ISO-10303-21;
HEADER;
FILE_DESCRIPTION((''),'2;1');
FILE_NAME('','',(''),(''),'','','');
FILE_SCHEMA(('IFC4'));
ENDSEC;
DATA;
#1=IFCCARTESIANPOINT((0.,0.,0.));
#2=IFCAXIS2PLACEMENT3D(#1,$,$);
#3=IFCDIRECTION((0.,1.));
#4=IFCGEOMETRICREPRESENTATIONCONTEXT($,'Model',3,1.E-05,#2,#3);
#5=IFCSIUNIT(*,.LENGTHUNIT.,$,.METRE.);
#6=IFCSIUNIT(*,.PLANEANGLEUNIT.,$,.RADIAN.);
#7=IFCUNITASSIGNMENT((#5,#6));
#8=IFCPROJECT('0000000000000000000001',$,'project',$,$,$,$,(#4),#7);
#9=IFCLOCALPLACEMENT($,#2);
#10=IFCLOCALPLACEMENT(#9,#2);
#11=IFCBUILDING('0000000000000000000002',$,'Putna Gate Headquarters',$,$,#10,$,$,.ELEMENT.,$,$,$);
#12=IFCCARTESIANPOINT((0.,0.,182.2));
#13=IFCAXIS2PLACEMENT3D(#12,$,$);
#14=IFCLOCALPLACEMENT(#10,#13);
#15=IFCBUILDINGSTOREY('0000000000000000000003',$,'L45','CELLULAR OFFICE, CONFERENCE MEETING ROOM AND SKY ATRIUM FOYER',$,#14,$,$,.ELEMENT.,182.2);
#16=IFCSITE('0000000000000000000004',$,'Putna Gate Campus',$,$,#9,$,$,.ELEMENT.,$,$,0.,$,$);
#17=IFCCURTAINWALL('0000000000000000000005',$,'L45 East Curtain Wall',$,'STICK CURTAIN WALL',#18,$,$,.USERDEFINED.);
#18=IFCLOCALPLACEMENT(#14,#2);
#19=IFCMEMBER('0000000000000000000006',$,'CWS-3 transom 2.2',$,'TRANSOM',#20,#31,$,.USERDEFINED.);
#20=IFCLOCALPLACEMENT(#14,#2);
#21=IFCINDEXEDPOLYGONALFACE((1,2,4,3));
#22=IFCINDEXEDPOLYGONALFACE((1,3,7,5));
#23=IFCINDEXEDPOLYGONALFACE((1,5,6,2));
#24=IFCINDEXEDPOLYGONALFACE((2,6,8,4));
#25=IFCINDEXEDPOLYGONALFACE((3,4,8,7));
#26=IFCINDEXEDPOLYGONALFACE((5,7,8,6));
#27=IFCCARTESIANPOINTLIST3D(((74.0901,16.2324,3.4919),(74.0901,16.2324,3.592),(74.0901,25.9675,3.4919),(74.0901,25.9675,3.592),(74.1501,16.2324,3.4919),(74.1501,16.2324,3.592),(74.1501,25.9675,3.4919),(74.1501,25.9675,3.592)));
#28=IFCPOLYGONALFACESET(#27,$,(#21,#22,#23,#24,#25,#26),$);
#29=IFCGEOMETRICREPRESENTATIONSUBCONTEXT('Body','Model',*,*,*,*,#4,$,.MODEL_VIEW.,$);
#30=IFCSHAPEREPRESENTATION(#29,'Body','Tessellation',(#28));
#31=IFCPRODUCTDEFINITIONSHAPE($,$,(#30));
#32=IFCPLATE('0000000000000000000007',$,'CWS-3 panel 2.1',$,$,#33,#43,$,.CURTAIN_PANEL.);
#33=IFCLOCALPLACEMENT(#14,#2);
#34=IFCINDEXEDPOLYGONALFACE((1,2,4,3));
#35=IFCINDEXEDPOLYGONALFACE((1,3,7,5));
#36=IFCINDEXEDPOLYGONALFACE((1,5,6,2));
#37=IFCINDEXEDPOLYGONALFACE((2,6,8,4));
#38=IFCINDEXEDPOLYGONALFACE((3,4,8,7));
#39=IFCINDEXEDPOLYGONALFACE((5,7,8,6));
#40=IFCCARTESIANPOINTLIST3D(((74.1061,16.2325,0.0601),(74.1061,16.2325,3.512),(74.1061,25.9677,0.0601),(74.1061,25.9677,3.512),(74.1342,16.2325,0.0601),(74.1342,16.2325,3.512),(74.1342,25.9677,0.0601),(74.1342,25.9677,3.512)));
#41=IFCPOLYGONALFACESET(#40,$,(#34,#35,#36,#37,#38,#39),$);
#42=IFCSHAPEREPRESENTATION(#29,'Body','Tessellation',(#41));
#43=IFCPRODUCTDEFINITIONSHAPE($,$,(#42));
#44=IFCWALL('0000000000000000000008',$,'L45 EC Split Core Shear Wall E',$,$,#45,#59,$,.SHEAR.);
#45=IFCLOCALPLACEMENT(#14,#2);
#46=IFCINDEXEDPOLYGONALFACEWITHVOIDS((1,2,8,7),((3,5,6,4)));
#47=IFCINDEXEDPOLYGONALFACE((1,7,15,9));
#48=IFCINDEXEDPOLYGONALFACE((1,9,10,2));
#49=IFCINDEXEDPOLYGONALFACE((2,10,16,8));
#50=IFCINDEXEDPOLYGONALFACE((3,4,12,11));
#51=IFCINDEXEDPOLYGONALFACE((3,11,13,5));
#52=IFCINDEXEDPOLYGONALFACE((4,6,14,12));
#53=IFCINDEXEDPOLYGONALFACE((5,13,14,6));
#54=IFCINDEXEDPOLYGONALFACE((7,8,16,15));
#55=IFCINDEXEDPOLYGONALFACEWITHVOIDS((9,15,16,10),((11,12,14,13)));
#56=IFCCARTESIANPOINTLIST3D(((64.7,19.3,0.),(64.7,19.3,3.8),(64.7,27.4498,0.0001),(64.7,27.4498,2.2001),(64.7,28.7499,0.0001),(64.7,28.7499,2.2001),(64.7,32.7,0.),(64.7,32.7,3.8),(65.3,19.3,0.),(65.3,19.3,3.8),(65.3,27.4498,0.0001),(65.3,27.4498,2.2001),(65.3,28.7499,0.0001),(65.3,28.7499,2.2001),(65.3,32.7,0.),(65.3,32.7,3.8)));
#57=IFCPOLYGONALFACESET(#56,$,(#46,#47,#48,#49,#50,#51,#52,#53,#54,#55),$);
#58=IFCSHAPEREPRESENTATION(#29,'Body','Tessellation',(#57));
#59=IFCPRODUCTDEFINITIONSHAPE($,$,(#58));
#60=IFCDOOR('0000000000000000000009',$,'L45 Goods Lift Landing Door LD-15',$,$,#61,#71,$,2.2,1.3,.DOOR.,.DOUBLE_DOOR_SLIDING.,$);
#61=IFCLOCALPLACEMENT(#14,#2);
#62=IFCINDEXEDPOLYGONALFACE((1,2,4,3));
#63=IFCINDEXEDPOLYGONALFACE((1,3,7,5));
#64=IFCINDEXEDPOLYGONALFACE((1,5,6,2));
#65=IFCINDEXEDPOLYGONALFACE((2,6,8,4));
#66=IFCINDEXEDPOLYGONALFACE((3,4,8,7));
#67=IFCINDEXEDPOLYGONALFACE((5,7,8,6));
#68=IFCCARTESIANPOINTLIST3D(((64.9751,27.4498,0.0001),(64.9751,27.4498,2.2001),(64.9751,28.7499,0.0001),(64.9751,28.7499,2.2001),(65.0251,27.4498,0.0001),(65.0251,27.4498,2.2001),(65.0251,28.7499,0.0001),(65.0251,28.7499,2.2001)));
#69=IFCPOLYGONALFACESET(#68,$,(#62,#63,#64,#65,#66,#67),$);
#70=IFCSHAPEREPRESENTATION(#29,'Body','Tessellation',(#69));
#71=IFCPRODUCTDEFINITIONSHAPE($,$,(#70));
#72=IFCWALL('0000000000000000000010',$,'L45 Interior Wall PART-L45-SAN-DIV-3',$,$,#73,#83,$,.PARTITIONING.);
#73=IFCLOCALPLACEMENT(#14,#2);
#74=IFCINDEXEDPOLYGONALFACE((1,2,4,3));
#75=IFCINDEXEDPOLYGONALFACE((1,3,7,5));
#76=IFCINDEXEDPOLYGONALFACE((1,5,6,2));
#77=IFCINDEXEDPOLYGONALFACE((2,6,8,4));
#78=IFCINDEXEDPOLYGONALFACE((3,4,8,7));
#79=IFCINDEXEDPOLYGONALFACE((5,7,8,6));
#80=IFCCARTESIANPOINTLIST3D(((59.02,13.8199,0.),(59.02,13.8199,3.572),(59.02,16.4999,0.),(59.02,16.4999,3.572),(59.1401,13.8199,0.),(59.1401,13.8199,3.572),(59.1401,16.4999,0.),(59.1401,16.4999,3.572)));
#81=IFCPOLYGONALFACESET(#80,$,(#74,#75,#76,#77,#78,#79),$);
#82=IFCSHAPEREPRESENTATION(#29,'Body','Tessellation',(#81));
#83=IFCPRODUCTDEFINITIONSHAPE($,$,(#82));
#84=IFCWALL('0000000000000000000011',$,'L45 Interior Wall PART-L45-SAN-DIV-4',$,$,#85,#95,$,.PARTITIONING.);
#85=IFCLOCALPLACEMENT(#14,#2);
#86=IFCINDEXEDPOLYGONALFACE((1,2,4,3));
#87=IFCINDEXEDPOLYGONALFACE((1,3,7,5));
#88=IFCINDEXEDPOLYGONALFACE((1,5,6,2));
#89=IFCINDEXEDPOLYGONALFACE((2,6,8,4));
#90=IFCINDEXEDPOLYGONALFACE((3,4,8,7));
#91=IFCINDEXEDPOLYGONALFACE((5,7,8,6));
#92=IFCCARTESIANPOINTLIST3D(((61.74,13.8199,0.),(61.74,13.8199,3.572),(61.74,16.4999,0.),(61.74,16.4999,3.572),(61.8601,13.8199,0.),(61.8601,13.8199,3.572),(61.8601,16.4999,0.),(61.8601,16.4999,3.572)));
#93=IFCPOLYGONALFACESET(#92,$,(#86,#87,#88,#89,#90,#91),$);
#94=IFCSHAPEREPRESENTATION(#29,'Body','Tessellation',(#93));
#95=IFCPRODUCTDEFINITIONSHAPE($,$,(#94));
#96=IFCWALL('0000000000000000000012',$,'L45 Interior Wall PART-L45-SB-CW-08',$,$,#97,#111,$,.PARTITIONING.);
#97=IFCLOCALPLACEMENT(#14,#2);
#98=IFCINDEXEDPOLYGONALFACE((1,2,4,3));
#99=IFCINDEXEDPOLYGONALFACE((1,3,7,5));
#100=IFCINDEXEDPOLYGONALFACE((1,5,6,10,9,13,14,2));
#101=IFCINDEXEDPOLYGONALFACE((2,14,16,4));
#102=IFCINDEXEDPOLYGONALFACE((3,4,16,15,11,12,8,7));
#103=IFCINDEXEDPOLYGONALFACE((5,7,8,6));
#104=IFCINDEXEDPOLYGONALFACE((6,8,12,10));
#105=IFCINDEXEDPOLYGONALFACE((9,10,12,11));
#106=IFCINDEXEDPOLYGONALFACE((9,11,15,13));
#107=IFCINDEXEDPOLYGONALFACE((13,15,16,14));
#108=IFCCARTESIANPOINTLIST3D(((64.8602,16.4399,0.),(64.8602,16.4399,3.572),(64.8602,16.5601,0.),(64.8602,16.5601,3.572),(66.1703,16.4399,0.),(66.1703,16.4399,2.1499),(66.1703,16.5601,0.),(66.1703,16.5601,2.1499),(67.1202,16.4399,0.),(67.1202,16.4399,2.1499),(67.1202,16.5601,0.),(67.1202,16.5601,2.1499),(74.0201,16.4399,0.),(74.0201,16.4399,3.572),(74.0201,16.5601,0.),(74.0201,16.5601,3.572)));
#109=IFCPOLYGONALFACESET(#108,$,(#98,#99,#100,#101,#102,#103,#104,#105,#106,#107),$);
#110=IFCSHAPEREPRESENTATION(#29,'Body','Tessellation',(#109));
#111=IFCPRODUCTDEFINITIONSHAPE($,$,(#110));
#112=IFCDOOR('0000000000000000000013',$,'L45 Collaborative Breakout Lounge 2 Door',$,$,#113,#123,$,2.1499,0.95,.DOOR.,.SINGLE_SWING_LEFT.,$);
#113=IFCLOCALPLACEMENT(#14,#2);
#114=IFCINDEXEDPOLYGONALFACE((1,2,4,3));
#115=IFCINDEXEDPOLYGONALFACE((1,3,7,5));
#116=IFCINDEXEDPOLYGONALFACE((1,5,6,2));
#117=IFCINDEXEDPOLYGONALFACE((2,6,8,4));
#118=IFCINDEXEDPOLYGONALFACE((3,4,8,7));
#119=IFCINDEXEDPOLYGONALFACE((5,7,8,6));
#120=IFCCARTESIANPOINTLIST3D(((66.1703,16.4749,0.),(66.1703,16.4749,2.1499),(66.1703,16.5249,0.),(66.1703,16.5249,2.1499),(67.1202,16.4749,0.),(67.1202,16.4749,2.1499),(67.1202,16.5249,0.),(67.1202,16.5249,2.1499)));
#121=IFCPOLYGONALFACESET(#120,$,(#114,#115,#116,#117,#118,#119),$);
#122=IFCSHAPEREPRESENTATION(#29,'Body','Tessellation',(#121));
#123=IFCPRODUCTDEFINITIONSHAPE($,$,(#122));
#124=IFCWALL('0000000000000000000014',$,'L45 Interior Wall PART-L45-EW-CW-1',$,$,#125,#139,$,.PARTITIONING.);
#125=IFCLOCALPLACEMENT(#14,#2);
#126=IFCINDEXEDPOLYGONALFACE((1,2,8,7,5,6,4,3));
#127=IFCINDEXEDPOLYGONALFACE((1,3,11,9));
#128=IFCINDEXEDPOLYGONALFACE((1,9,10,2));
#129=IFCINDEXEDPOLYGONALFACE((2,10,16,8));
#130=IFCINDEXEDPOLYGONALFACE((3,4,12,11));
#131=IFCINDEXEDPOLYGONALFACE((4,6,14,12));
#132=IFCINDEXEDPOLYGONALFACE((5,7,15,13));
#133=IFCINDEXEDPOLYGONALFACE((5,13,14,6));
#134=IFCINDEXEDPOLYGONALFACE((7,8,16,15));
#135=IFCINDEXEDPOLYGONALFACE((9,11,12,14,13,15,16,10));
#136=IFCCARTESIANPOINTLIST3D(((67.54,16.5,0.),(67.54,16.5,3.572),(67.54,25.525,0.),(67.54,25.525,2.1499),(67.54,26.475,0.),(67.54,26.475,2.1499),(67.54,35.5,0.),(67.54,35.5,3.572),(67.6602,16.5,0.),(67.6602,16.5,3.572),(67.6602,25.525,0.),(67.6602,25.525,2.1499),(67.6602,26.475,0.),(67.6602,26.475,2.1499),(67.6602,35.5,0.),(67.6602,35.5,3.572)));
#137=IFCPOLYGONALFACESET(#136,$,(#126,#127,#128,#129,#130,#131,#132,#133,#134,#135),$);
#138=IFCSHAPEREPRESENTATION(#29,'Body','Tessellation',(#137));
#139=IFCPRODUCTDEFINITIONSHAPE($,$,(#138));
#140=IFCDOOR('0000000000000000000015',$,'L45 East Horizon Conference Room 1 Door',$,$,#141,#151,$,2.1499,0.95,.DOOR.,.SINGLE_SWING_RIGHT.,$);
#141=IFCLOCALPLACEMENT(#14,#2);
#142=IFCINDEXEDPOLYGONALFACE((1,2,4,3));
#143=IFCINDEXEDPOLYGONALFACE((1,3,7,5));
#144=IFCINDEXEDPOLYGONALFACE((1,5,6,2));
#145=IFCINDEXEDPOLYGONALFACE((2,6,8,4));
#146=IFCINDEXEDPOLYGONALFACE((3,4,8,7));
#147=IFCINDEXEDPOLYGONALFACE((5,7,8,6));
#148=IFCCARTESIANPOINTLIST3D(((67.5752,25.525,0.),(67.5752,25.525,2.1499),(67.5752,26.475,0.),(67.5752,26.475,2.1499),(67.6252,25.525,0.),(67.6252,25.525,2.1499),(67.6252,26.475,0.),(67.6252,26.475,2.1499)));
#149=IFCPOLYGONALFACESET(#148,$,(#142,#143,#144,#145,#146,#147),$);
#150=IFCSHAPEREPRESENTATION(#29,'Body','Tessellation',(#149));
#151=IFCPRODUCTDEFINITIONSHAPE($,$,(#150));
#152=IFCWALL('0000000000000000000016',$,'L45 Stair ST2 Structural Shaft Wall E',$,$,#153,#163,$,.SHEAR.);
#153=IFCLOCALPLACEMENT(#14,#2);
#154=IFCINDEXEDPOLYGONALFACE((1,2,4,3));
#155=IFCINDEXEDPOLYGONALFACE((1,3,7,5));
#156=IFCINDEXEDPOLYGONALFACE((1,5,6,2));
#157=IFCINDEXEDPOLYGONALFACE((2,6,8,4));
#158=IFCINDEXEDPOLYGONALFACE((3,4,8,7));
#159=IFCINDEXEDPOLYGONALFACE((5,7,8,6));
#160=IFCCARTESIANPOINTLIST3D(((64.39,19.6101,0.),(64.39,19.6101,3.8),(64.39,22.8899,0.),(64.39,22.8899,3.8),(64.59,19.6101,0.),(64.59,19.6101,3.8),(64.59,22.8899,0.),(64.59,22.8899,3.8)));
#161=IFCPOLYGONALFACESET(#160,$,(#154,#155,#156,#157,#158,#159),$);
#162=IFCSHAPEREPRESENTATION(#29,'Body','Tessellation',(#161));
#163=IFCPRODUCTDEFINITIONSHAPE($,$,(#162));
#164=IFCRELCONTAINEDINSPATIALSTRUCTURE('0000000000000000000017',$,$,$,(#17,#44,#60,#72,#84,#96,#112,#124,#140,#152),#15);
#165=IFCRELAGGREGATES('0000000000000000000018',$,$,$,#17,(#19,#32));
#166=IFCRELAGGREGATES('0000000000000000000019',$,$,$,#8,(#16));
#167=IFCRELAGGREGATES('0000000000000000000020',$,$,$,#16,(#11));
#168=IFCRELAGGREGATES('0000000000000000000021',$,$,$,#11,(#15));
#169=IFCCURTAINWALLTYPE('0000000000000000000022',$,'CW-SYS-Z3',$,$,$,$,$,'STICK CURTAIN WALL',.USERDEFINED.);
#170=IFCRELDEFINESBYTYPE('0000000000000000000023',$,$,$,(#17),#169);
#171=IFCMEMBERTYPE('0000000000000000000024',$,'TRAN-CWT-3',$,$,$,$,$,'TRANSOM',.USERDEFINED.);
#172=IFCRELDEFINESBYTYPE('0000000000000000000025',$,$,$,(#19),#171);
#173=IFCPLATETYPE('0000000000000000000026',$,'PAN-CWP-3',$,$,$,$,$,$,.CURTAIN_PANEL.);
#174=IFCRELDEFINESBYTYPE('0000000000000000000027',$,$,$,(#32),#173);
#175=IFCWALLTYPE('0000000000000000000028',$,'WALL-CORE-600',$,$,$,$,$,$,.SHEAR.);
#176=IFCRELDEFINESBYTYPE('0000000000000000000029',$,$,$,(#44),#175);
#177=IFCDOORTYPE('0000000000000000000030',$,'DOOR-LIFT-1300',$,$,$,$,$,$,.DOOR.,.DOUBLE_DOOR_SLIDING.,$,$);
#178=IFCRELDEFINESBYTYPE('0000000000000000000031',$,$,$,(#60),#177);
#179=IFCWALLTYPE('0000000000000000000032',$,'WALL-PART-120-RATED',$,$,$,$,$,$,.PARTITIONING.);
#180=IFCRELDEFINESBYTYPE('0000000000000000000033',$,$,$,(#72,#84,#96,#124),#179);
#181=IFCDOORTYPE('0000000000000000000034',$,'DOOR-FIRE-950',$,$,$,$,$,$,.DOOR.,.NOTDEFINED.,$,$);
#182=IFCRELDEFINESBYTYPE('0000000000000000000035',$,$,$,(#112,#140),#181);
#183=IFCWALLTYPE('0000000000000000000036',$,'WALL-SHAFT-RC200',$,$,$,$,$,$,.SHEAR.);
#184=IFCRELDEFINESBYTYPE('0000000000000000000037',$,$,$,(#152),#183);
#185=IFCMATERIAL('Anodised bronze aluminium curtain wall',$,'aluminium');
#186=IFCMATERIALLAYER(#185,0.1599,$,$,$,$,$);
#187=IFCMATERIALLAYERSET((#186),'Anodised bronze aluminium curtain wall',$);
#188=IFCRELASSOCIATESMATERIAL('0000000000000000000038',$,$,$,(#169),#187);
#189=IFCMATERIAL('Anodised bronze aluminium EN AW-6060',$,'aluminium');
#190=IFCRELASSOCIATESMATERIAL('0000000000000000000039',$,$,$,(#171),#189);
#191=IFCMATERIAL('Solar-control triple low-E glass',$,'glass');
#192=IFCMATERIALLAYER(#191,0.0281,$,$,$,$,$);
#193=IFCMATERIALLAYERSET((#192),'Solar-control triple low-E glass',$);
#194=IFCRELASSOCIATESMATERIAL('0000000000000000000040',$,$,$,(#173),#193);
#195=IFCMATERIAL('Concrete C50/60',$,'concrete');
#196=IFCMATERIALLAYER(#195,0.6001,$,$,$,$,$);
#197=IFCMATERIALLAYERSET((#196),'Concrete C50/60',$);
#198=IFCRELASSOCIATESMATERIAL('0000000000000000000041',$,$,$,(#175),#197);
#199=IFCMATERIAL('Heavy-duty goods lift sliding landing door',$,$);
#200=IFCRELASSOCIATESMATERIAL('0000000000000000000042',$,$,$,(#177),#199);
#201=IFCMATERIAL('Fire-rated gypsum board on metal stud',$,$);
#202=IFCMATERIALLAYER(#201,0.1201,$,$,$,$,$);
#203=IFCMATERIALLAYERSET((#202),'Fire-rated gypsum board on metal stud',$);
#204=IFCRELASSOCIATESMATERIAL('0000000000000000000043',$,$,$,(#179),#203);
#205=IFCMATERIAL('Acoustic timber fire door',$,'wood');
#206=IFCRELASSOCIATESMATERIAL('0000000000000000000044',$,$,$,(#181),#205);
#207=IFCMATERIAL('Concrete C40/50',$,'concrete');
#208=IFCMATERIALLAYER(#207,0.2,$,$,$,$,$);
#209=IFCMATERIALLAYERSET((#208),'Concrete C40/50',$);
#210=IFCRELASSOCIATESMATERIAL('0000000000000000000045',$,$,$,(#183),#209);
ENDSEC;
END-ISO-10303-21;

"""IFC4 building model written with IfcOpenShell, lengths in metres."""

from ifc_helpers import new_model, si_unit, direction, frame, frame_2d, origin, origin_2d, place, context, subcontext, project, spatial, rectangle, extrude, material, layer, layer_set, material_profile, profile_set, type_object, element, fill, aggregate, save


model = new_model("IFC4")

# Units and contexts
model_context = context("Model", 3, precision=1e-05, world=origin(), true_north=direction((0.0, 1.0)))
body_context = subcontext(model_context, "Body", "Model", "MODEL_VIEW")
ifc_project = project(units=[si_unit("LENGTHUNIT", "METRE"), si_unit("PLANEANGLEUNIT", "RADIAN")], contexts=[model_context])

# Site, building, storey
site_placement = place(None, origin())
site = spatial("IfcSite", under=ifc_project, at=site_placement, Name="Putna Gate Campus", CompositionType="ELEMENT", RefElevation=0.0)
building_placement = place(site_placement, origin())
building = spatial("IfcBuilding", under=site, at=building_placement, Name="Putna Gate Headquarters", CompositionType="ELEMENT")
storey_placement = place(building_placement, frame((0.0, 0.0, 182.2)))
storey = spatial("IfcBuildingStorey", under=building, at=storey_placement, Name="L45", Description="CELLULAR OFFICE, CONFERENCE MEETING ROOM AND SKY ATRIUM FOYER", CompositionType="ELEMENT", Elevation=182.2)

# Shared definitions
ifc_material_1 = material(Name="Concrete C50/60", Category="concrete")

# Curtain wall, member, plate
ifc_material_2 = material(Name="Anodised bronze aluminium curtain wall", Category="aluminium")
ifc_layer_1 = layer(ifc_material_2, 0.1599)
ifc_layer_set_1 = layer_set([ifc_layer_1], Name="Anodised bronze aluminium curtain wall")
curtain_wall_type = type_object("IfcCurtainWallType", Name="CW-SYS-Z3", ElementType="STICK CURTAIN WALL", PredefinedType="USERDEFINED", material=ifc_layer_set_1)
curtain_wall_placement = place(storey_placement, origin())
curtain_wall = element("IfcCurtainWall", 1, at=curtain_wall_placement, inside=storey, type_object=curtain_wall_type, Name="L45 East Curtain Wall", ObjectType="STICK CURTAIN WALL", PredefinedType="USERDEFINED")
ifc_material_3 = material(Name="Anodised bronze aluminium EN AW-6060", Category="aluminium")
ifc_material_profile_1 = material_profile(ifc_material_3, rectangle(XDim=0.0601, YDim=0.1001, at=origin_2d()), Name="Anodised bronze aluminium EN AW-6060")
ifc_profile_set_1 = profile_set([ifc_material_profile_1], Name="Anodised bronze aluminium EN AW-6060")
member_type_1 = type_object("IfcMemberType", Name="TRAN-CWT-3", ElementType="TRANSOM", PredefinedType="USERDEFINED", material=ifc_profile_set_1)
member_1_placement = place(storey_placement, frame((74.1201, 16.2324, 3.542), z_axis=(0.0, 1.0, 0.0), x_axis=(-1.0, 0.0, 0.0)))
member_1 = element("IfcMember", 2, at=member_1_placement, type_object=member_type_1, Name="CWS-3 transom 2.2", ObjectType="TRANSOM", PredefinedType="USERDEFINED", context=body_context, shape_type="SweptSolid", body=[
    extrude(rectangle(XDim=0.0601, YDim=0.1001, at=origin_2d()), origin(), (0.0, 0.0, 1.0), 9.7351),
])
ifc_material_4 = material(Name="Solar-control triple low-E glass", Category="glass")
ifc_layer_2 = layer(ifc_material_4, 0.0281)
ifc_layer_set_2 = layer_set([ifc_layer_2], Name="Solar-control triple low-E glass")
plate_type = type_object("IfcPlateType", Name="PAN-CWP-3", PredefinedType="CURTAIN_PANEL", material=ifc_layer_set_2)
plate_placement = place(storey_placement, frame((74.1201, 21.1001, 0.0601), z_axis=(0.0, 0.0, 1.0), x_axis=(0.0, 1.0, 0.0)))
plate = element("IfcPlate", 3, at=plate_placement, type_object=plate_type, Name="CWS-3 panel 2.1", PredefinedType="CURTAIN_PANEL", context=body_context, shape_type="SweptSolid", body=[
    extrude(rectangle(XDim=9.7351, YDim=0.0281, at=origin_2d()), origin(), (0.0, 0.0, 1.0), 3.4519),
])
aggregate(curtain_wall, [member_1, plate])

# Wall, opening, door
ifc_layer_3 = layer(ifc_material_1, 0.6001)
ifc_layer_set_3 = layer_set([ifc_layer_3], Name="Concrete C50/60")
wall_type_1 = type_object("IfcWallType", Name="WALL-CORE-600", PredefinedType="SHEAR", material=ifc_layer_set_3)
wall_1_placement = place(storey_placement, frame((65.0, 19.3, 0.0), z_axis=(0.0, 0.0, 1.0), x_axis=(0.0, 1.0, 0.0)))
wall_1 = element("IfcWall", 4, at=wall_1_placement, inside=storey, type_object=wall_type_1, Name="L45 EC Split Core Shear Wall E", PredefinedType="SHEAR", context=body_context, shape_type="SweptSolid", body=[
    extrude(rectangle(XDim=13.3999, YDim=0.6001, at=frame_2d((6.7, 0.0))), origin(), (0.0, 0.0, 1.0), 3.8),
])
opening_1_placement = place(wall_1_placement, frame((8.1499, 0.0, 0.0)))
opening_1 = element("IfcOpeningElement", 5, at=opening_1_placement, cuts=wall_1, PredefinedType="OPENING", context=body_context, shape_type="SweptSolid", body=[
    extrude(rectangle(XDim=1.3, YDim=2.2, at=frame_2d((0.6499, 1.1001))), frame((0.0, 0.3101, 0.0), z_axis=(0.0, -1.0, 0.0), x_axis=(1.0, 0.0, 0.0)), (0.0, 0.0, 1.0), 0.6201),
])
ifc_material_5 = material(Name="Heavy-duty goods lift sliding landing door")
door_type_1 = type_object("IfcDoorType", Name="DOOR-LIFT-1300", OperationType="DOUBLE_DOOR_SLIDING", PredefinedType="DOOR", material=ifc_material_5)
door_1_placement = place(opening_1_placement, origin())
door_1 = element("IfcDoor", 6, at=door_1_placement, inside=storey, type_object=door_type_1, Name="L45 Goods Lift Landing Door LD-15", OperationType="DOUBLE_DOOR_SLIDING", OverallHeight=2.2, OverallWidth=1.3, PredefinedType="DOOR", context=body_context, shape_type="SweptSolid", body=[
    extrude(rectangle(XDim=1.3, YDim=2.2, at=frame_2d((0.6499, 1.1001))), frame((0.0, 0.0249, 0.0), z_axis=(0.0, -1.0, 0.0), x_axis=(1.0, 0.0, 0.0)), (0.0, 0.0, 1.0), 0.05),
])
fill(opening_1, door_1)

# Walls
ifc_material_6 = material(Name="Fire-rated gypsum board on metal stud")
ifc_layer_4 = layer(ifc_material_6, 0.1201)
ifc_layer_set_4 = layer_set([ifc_layer_4], Name="Fire-rated gypsum board on metal stud")
wall_type_2 = type_object("IfcWallType", Name="WALL-PART-120-RATED", PredefinedType="PARTITIONING", material=ifc_layer_set_4)
for number, where, z_axis, x_axis, name in (
    (7, (59.0801, 13.8201, 0.0), (0.0, 0.0, 1.0), (0.0, 1.0, 0.0), "L45 Interior Wall PART-L45-SAN-DIV-3"),
    (8, (61.8, 13.8201, 0.0), (0.0, 0.0, 1.0), (0.0, 1.0, 0.0), "L45 Interior Wall PART-L45-SAN-DIV-4"),
):
    element("IfcWall", number, at=place(storey_placement, frame(where, z_axis=z_axis, x_axis=x_axis)), inside=storey, type_object=wall_type_2, Name=name, PredefinedType="PARTITIONING", context=body_context, shape_type="SweptSolid", body=[
        extrude(rectangle(XDim=2.6799, YDim=0.1201, at=frame_2d((1.3398, 0.0))), origin(), (0.0, 0.0, 1.0), 3.572),
    ])

# Walls, openings, doors
wall_2_placement = place(storey_placement, frame((64.8601, 16.5, 0.0), z_axis=(0.0, 0.0, 1.0), x_axis=(1.0, 0.0, 0.0)))
wall_2 = element("IfcWall", 9, at=wall_2_placement, inside=storey, type_object=wall_type_2, Name="L45 Interior Wall PART-L45-SB-CW-08", PredefinedType="PARTITIONING", context=body_context, shape_type="SweptSolid", body=[
    extrude(rectangle(XDim=9.1599, YDim=0.1201, at=frame_2d((4.5801, 0.0))), origin(), (0.0, 0.0, 1.0), 3.572),
])
opening_2_placement = place(wall_2_placement, frame((1.3101, 0.0, 0.0)))
opening_2 = element("IfcOpeningElement", 10, at=opening_2_placement, cuts=wall_2, PredefinedType="OPENING", context=body_context, shape_type="SweptSolid", body=[
    extrude(rectangle(XDim=0.95, YDim=2.1499, at=frame_2d((0.4751, 1.075))), frame((0.0, 0.0701, 0.0), z_axis=(0.0, -1.0, 0.0), x_axis=(1.0, 0.0, 0.0)), (0.0, 0.0, 1.0), 0.1401),
])
ifc_material_7 = material(Name="Acoustic timber fire door", Category="wood")
door_type_2 = type_object("IfcDoorType", Name="DOOR-FIRE-950", OperationType="NOTDEFINED", PredefinedType="DOOR", material=ifc_material_7)
door_2_placement = place(opening_2_placement, origin())
door_2 = element("IfcDoor", 11, at=door_2_placement, inside=storey, type_object=door_type_2, Name="L45 Collaborative Breakout Lounge 2 Door", OperationType="SINGLE_SWING_LEFT", OverallHeight=2.1499, OverallWidth=0.95, PredefinedType="DOOR", context=body_context, shape_type="SweptSolid", body=[
    extrude(rectangle(XDim=0.95, YDim=2.1499, at=frame_2d((0.4751, 1.075))), frame((0.0, 0.0249, 0.0), z_axis=(0.0, -1.0, 0.0), x_axis=(1.0, 0.0, 0.0)), (0.0, 0.0, 1.0), 0.05),
])
fill(opening_2, door_2)
wall_3_placement = place(storey_placement, frame((67.6001, 16.5, 0.0), z_axis=(0.0, 0.0, 1.0), x_axis=(0.0, 1.0, 0.0)))
wall_3 = element("IfcWall", 12, at=wall_3_placement, inside=storey, type_object=wall_type_2, Name="L45 Interior Wall PART-L45-EW-CW-1", PredefinedType="PARTITIONING", context=body_context, shape_type="SweptSolid", body=[
    extrude(rectangle(XDim=19.0, YDim=0.1201, at=frame_2d((9.5, 0.0))), origin(), (0.0, 0.0, 1.0), 3.572),
])
opening_3_placement = place(wall_3_placement, frame((9.0249, 0.0, 0.0)))
opening_3 = element("IfcOpeningElement", 13, at=opening_3_placement, cuts=wall_3, PredefinedType="OPENING", context=body_context, shape_type="SweptSolid", body=[
    extrude(rectangle(XDim=0.95, YDim=2.1499, at=frame_2d((0.4751, 1.075))), frame((0.0, 0.0701, 0.0), z_axis=(0.0, -1.0, 0.0), x_axis=(1.0, 0.0, 0.0)), (0.0, 0.0, 1.0), 0.1401),
])
door_3_placement = place(opening_3_placement, origin())
door_3 = element("IfcDoor", 14, at=door_3_placement, inside=storey, type_object=door_type_2, Name="L45 East Horizon Conference Room 1 Door", OperationType="SINGLE_SWING_RIGHT", OverallHeight=2.1499, OverallWidth=0.95, PredefinedType="DOOR", context=body_context, shape_type="SweptSolid", body=[
    extrude(rectangle(XDim=0.95, YDim=2.1499, at=frame_2d((0.4751, 1.075))), frame((0.0, 0.0249, 0.0), z_axis=(0.0, -1.0, 0.0), x_axis=(1.0, 0.0, 0.0)), (0.0, 0.0, 1.0), 0.05),
])
fill(opening_3, door_3)

# Wall
ifc_material_8 = material(Name="Concrete C40/50", Category="concrete")
ifc_layer_5 = layer(ifc_material_8, 0.2)
ifc_layer_set_5 = layer_set([ifc_layer_5], Name="Concrete C40/50")
wall_type_3 = type_object("IfcWallType", Name="WALL-SHAFT-RC200", PredefinedType="SHEAR", material=ifc_layer_set_5)
wall_4_placement = place(storey_placement, frame((64.49, 19.6101, 0.0), z_axis=(0.0, 0.0, 1.0), x_axis=(0.0, 1.0, 0.0)))
element("IfcWall", 15, at=wall_4_placement, inside=storey, type_object=wall_type_3, Name="L45 Stair ST2 Structural Shaft Wall E", PredefinedType="SHEAR", context=body_context, shape_type="SweptSolid", body=[
    extrude(rectangle(XDim=3.2798, YDim=0.2, at=frame_2d((1.6399, 0.0))), origin(), (0.0, 0.0, 1.0), 3.8),
])

save(model, "model.ifc")
